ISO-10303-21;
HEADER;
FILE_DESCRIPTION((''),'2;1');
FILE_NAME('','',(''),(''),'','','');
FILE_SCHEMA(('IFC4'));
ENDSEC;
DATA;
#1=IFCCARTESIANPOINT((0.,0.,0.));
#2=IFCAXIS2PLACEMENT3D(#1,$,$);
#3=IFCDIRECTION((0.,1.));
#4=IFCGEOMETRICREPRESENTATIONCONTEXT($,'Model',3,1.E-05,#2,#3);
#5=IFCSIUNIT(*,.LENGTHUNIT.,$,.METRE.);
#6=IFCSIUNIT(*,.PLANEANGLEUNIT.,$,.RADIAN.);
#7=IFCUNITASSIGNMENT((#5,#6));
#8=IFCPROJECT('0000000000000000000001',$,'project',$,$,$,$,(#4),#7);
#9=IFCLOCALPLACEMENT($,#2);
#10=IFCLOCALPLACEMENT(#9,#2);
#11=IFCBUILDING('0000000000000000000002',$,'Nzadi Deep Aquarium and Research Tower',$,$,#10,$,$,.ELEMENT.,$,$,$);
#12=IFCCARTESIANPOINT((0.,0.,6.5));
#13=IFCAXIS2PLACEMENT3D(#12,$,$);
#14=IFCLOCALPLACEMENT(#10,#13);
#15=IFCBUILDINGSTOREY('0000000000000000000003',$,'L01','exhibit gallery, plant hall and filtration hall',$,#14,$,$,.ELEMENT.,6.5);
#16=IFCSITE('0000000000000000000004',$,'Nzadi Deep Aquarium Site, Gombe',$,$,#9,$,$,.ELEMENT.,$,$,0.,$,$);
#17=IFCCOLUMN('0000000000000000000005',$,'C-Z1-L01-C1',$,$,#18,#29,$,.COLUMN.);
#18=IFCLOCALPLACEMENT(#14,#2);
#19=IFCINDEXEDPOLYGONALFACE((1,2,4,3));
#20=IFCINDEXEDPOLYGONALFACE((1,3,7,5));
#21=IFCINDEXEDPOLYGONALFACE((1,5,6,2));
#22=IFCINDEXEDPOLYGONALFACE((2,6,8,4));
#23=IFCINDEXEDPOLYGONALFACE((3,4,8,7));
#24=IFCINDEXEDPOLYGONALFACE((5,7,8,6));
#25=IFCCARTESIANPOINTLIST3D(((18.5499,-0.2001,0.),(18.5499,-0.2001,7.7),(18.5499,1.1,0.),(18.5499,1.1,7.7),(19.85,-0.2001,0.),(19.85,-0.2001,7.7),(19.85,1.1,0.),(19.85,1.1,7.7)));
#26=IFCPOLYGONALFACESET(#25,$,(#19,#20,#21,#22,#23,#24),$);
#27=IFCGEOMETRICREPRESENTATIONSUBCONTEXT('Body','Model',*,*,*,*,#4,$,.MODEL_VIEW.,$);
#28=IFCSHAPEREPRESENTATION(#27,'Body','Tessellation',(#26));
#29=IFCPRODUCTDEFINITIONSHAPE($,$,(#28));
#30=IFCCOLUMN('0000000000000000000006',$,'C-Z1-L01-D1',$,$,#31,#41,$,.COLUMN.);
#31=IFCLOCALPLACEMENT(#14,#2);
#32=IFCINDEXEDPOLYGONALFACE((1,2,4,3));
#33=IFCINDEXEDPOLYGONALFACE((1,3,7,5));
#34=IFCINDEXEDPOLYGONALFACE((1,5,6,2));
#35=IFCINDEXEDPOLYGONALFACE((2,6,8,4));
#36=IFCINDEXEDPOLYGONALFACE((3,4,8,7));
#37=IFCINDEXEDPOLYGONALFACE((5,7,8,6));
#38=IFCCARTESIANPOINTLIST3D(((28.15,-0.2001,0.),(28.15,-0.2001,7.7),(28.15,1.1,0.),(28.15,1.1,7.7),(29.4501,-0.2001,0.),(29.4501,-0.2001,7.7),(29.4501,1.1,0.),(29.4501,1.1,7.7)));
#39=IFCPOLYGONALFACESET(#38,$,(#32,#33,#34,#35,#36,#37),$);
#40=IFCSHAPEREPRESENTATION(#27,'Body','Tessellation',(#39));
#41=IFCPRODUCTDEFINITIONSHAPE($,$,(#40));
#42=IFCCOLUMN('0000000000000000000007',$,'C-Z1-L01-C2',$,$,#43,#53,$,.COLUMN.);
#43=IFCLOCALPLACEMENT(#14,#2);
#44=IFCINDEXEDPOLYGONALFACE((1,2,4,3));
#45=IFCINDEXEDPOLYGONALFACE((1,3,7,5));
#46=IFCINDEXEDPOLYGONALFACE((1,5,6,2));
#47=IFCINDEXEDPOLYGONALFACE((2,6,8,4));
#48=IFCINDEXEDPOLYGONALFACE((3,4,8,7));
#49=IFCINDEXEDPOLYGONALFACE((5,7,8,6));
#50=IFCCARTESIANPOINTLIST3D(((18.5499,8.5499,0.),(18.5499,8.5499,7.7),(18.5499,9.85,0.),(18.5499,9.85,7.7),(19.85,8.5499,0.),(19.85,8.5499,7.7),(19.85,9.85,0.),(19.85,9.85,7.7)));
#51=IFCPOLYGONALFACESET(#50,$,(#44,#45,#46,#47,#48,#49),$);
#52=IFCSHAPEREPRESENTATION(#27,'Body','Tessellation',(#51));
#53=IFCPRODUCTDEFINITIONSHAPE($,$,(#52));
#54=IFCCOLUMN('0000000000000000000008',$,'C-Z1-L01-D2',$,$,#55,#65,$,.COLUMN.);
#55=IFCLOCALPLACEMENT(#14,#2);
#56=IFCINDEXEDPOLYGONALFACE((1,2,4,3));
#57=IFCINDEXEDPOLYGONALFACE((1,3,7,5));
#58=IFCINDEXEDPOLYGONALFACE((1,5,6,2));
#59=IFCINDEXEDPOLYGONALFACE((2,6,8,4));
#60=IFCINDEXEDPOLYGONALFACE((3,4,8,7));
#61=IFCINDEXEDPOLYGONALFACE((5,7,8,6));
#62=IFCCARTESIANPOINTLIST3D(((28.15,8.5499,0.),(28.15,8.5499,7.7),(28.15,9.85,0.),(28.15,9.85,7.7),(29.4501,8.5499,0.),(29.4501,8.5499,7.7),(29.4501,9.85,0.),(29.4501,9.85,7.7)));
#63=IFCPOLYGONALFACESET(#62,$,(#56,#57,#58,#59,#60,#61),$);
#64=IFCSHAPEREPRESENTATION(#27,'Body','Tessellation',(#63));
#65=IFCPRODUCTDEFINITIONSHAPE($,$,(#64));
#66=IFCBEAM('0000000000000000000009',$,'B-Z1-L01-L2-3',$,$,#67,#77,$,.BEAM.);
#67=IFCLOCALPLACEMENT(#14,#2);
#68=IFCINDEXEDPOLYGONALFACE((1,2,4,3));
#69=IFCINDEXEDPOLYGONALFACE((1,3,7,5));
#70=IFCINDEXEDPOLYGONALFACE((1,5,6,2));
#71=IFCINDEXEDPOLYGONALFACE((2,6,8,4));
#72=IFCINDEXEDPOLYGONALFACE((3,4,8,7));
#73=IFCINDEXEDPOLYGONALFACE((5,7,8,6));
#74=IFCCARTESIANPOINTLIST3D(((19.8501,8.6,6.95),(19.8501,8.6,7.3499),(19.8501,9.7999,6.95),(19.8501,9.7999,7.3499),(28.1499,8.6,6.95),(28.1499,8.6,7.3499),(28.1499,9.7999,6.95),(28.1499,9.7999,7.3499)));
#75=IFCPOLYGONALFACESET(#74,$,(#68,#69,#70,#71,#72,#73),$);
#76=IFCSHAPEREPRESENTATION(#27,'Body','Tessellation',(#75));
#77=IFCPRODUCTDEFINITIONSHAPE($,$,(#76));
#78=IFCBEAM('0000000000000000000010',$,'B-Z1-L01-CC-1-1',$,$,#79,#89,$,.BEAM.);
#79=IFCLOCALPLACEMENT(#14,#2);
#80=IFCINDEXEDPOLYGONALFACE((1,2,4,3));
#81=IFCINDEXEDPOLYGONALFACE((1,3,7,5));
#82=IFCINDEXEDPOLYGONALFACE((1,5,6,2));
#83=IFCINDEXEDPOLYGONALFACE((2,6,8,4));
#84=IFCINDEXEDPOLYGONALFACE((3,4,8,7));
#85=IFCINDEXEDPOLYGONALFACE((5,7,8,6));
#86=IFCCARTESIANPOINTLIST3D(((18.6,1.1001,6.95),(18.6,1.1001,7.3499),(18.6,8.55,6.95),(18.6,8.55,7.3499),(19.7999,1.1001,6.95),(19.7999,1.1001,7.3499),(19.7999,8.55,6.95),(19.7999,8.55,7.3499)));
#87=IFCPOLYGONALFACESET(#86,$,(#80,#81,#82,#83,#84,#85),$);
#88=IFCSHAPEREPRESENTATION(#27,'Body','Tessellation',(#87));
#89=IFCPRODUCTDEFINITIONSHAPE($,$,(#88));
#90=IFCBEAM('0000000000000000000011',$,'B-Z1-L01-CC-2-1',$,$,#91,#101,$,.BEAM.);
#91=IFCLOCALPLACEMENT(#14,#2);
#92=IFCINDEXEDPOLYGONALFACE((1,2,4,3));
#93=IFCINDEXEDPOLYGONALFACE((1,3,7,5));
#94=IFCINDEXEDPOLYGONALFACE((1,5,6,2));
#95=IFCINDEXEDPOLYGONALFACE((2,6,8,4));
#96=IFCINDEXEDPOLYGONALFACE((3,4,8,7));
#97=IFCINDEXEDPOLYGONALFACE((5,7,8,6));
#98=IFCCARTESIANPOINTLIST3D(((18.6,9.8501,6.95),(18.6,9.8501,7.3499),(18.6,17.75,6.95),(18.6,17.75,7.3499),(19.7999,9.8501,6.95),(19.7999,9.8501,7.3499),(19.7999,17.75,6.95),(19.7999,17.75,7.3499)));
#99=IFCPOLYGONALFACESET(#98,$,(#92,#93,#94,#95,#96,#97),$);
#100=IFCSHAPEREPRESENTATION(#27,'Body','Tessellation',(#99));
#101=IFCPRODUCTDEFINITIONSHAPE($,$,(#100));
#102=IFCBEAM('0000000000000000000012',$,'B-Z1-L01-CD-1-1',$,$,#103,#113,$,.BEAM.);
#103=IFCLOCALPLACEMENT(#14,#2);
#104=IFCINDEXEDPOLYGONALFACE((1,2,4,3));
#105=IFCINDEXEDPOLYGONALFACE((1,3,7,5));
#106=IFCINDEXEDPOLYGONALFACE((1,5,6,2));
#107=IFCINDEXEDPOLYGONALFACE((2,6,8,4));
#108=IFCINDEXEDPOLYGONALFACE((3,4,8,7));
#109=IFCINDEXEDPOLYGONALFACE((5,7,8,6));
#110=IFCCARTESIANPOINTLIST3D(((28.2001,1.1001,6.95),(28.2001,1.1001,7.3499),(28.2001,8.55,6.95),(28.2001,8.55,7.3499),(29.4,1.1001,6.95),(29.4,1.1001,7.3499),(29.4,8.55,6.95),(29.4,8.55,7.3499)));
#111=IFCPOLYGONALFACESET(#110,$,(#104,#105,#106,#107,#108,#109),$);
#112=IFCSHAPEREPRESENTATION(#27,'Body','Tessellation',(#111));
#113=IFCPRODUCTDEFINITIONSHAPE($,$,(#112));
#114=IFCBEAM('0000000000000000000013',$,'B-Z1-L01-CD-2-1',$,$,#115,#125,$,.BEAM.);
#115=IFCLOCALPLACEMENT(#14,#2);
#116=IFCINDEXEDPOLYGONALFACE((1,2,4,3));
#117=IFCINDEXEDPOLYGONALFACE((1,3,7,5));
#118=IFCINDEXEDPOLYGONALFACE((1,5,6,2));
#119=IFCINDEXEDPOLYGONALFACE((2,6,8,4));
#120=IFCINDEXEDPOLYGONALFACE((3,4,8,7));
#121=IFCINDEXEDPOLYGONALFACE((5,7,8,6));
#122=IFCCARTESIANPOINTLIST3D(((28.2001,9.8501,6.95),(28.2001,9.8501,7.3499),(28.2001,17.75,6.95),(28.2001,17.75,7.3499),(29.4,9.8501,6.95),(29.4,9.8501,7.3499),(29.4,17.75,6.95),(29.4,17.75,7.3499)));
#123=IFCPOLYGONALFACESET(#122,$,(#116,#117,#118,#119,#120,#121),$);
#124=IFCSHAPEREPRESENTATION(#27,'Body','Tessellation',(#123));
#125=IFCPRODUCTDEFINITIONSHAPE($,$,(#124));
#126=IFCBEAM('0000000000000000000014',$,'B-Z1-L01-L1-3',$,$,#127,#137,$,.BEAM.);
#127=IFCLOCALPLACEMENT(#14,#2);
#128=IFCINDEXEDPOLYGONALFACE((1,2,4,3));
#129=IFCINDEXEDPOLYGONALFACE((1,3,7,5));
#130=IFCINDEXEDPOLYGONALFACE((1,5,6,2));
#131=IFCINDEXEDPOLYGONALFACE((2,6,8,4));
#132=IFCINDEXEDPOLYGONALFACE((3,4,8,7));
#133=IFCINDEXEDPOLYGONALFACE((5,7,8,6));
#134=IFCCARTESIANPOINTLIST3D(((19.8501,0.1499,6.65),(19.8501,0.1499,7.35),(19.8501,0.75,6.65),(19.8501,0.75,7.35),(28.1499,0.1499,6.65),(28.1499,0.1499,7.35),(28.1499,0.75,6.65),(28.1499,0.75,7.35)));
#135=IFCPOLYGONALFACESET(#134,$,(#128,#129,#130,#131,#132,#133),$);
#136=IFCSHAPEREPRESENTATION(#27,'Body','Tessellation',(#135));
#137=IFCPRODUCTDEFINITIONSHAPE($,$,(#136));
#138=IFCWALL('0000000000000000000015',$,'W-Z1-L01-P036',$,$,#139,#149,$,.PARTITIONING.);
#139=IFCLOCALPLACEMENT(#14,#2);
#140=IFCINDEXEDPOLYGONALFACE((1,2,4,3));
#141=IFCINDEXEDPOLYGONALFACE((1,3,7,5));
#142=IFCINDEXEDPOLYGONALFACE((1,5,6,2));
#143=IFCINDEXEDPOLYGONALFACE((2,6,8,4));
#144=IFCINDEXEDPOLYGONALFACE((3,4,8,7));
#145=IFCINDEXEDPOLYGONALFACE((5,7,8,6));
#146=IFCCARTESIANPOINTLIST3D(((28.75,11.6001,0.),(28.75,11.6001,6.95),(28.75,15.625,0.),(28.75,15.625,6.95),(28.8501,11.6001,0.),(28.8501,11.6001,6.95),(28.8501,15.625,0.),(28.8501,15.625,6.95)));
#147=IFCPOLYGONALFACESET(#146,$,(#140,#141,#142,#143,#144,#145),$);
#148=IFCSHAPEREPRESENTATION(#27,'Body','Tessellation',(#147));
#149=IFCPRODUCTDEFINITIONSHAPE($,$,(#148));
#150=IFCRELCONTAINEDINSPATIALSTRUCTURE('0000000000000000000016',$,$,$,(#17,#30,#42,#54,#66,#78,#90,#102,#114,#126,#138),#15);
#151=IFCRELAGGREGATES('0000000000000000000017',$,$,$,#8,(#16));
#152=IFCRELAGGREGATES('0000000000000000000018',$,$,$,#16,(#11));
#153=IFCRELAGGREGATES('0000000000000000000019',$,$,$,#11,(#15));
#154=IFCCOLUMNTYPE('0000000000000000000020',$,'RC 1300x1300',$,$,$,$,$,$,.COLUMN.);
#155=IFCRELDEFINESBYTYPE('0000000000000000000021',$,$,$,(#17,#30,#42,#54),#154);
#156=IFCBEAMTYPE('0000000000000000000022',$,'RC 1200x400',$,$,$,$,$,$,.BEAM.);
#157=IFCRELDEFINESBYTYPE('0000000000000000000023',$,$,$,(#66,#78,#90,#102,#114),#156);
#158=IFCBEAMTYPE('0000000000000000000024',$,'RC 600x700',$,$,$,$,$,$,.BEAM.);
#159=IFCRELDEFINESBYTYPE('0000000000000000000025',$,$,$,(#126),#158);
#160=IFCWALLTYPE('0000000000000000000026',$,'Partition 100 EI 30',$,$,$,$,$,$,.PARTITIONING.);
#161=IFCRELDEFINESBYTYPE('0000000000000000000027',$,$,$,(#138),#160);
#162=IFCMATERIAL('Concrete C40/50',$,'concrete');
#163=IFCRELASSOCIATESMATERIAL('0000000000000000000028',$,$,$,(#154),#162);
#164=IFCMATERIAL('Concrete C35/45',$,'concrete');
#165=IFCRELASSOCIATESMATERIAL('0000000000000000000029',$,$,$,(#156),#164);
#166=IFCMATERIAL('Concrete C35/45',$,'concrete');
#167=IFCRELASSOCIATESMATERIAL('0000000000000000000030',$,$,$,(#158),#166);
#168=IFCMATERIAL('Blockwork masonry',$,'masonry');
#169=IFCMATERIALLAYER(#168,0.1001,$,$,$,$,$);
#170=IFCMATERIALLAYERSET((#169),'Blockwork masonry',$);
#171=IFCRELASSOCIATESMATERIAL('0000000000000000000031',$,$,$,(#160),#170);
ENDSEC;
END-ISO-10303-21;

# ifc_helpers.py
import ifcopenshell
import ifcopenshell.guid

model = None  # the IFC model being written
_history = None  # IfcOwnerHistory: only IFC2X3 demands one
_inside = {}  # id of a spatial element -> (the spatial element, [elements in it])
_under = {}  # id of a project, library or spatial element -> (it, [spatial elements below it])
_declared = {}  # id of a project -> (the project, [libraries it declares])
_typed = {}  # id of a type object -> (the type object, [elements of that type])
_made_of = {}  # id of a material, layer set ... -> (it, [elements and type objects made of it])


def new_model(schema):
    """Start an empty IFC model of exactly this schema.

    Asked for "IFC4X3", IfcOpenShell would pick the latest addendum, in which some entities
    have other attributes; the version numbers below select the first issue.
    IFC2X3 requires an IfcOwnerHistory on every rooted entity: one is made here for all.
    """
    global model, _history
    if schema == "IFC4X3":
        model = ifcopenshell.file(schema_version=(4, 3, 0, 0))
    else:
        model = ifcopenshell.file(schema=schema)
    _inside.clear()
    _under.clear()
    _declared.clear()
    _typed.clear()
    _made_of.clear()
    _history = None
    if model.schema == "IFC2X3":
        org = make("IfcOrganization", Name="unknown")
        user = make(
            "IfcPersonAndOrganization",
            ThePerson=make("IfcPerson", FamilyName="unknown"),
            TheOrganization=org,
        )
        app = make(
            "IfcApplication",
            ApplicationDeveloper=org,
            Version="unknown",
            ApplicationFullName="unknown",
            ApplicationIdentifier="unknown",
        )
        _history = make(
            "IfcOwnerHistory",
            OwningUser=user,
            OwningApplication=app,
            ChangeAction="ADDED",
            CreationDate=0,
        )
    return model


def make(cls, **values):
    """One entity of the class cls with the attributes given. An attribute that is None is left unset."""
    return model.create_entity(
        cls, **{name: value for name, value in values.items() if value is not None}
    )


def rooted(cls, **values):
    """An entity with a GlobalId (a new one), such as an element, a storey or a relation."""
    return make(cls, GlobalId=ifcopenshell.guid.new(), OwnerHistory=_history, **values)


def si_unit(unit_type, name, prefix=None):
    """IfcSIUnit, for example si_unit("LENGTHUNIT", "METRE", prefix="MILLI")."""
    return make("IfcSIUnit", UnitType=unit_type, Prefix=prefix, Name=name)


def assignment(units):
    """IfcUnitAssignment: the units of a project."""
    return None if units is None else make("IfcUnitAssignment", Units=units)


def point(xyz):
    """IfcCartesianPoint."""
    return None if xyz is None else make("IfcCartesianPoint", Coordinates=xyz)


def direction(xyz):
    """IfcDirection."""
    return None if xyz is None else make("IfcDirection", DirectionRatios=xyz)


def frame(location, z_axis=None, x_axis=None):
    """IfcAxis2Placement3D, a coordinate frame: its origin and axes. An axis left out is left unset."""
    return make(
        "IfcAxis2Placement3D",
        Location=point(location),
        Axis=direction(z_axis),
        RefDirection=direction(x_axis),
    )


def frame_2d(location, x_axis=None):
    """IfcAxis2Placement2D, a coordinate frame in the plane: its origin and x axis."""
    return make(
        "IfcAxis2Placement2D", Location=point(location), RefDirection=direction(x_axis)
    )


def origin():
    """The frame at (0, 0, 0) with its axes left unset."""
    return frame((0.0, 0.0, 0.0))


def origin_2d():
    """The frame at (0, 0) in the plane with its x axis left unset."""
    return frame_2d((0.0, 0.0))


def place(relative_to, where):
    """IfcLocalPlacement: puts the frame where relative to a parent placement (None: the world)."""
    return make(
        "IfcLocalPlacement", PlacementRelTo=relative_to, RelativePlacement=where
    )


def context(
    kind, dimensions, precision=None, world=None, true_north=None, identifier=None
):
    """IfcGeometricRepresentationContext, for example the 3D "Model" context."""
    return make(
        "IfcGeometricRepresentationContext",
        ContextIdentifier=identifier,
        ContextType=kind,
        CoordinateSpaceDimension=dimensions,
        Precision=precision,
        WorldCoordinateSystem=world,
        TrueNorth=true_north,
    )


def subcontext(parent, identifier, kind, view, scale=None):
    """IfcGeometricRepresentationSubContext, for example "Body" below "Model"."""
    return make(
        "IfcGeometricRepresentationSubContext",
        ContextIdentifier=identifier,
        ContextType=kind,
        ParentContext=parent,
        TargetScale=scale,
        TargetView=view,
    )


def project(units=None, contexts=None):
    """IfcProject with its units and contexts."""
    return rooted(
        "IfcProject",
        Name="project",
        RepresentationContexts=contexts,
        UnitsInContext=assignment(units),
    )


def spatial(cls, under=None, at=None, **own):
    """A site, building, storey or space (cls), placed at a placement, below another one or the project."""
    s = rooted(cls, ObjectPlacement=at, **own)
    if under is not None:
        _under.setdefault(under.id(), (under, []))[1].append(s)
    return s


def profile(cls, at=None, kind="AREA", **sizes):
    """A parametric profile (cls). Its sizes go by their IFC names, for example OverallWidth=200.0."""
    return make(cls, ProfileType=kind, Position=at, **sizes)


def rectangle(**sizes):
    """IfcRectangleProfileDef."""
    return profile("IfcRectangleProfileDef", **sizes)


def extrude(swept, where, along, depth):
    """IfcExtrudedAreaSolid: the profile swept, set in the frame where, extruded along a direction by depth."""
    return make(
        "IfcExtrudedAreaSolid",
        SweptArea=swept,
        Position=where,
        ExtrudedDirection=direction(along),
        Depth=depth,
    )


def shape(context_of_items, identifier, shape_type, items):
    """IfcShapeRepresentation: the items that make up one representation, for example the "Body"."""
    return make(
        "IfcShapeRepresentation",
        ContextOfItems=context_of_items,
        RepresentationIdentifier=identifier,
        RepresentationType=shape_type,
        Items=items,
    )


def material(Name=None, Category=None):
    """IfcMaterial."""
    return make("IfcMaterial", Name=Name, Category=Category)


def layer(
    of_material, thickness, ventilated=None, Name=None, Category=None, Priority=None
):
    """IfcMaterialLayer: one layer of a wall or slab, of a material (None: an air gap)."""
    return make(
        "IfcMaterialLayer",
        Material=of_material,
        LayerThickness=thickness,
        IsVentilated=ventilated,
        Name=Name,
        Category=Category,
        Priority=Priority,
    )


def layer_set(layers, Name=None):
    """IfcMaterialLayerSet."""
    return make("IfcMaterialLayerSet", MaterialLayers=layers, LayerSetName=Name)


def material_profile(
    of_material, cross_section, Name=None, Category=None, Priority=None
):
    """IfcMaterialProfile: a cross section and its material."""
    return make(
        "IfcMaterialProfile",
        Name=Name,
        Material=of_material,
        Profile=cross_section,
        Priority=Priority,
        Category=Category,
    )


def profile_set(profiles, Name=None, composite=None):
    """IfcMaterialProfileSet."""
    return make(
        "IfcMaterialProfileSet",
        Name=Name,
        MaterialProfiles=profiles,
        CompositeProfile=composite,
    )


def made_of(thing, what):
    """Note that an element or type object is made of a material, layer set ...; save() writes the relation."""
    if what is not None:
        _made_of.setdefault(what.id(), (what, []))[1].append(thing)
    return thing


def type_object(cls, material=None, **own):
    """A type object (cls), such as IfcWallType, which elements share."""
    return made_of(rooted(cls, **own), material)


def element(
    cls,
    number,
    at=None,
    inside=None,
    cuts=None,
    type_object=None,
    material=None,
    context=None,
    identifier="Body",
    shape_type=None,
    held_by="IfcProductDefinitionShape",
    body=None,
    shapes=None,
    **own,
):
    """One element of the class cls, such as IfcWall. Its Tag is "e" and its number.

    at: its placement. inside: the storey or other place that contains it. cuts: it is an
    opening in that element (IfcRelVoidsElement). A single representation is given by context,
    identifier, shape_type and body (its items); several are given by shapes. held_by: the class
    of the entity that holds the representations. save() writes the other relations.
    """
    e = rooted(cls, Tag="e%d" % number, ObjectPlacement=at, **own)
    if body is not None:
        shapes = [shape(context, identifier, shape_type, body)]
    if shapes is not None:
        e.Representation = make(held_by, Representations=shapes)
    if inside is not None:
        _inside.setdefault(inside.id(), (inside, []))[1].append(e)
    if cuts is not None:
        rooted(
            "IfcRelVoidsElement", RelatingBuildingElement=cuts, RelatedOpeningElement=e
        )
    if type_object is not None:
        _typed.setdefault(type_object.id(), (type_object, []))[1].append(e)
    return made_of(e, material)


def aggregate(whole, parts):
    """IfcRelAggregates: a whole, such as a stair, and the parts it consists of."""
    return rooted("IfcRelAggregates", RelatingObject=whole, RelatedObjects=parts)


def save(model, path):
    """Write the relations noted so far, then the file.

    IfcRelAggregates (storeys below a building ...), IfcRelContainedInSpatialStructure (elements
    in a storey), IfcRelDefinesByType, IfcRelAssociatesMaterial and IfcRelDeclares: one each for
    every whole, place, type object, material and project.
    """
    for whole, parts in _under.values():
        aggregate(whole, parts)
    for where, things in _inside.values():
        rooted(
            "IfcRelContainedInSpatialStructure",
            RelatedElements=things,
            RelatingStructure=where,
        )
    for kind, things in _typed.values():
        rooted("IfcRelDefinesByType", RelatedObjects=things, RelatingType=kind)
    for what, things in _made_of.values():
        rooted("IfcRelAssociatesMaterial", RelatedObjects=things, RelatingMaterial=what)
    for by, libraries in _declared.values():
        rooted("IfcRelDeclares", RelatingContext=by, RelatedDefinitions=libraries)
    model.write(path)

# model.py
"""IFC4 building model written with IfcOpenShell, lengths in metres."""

from ifc_helpers import new_model, si_unit, direction, frame, frame_2d, origin, origin_2d, place, context, subcontext, project, spatial, rectangle, extrude, material, layer, layer_set, material_profile, profile_set, type_object, element, save


model = new_model("IFC4")

# Units and contexts
model_context = context("Model", 3, precision=1e-05, world=origin(), true_north=direction((0.0, 1.0)))
body_context = subcontext(model_context, "Body", "Model", "MODEL_VIEW")
ifc_project = project(units=[si_unit("LENGTHUNIT", "METRE"), si_unit("PLANEANGLEUNIT", "RADIAN")], contexts=[model_context])

# Site, building, storey
site_placement = place(None, origin())
site = spatial("IfcSite", under=ifc_project, at=site_placement, Name="Nzadi Deep Aquarium Site, Gombe", CompositionType="ELEMENT", RefElevation=0.0)
building_placement = place(site_placement, origin())
building = spatial("IfcBuilding", under=site, at=building_placement, Name="Nzadi Deep Aquarium and Research Tower", CompositionType="ELEMENT")
storey_placement = place(building_placement, frame((0.0, 0.0, 6.5)))
storey = spatial("IfcBuildingStorey", under=building, at=storey_placement, Name="L01", Description="exhibit gallery, plant hall and filtration hall", CompositionType="ELEMENT", Elevation=6.5)

# Columns
ifc_material_1 = material(Name="Concrete C40/50", Category="concrete")
ifc_material_profile_1 = material_profile(ifc_material_1, rectangle(XDim=1.3, YDim=1.3, at=origin_2d()))
ifc_profile_set_1 = profile_set([ifc_material_profile_1], Name="Concrete C40/50")
column_type = type_object("IfcColumnType", Name="RC 1300x1300", PredefinedType="COLUMN", material=ifc_profile_set_1)
for number, where, z_axis, x_axis, name in (
    (1, (19.2, 0.45, 0.0), (0.0, 0.0, 1.0), (1.0, 0.0, 0.0), "C-Z1-L01-C1"),
    (2, (28.8, 0.45, 0.0), (0.0, 0.0, 1.0), (1.0, 0.0, 0.0), "C-Z1-L01-D1"),
    (3, (19.2, 9.2, 0.0), (0.0, 0.0, 1.0), (1.0, 0.0, 0.0), "C-Z1-L01-C2"),
    (4, (28.8, 9.2, 0.0), (0.0, 0.0, 1.0), (1.0, 0.0, 0.0), "C-Z1-L01-D2"),
):
    element("IfcColumn", number, at=place(storey_placement, frame(where, z_axis=z_axis, x_axis=x_axis)), inside=storey, type_object=column_type, Name=name, PredefinedType="COLUMN", context=body_context, shape_type="SweptSolid", body=[
        extrude(rectangle(XDim=1.3, YDim=1.3, at=origin_2d()), origin(), (0.0, 0.0, 1.0), 7.7),
    ])

# Beams
ifc_material_2 = material(Name="Concrete C35/45", Category="concrete")
ifc_material_profile_2 = material_profile(ifc_material_2, rectangle(XDim=1.2, YDim=0.3999, at=origin_2d()))
ifc_profile_set_2 = profile_set([ifc_material_profile_2], Name="Concrete C35/45")
beam_type_1 = type_object("IfcBeamType", Name="RC 1200x400", PredefinedType="BEAM", material=ifc_profile_set_2)
beam_1_placement = place(storey_placement, frame((19.8501, 9.2, 7.1499), z_axis=(1.0, 0.0, 0.0), x_axis=(0.0, 1.0, 0.0)))
element("IfcBeam", 5, at=beam_1_placement, inside=storey, type_object=beam_type_1, Name="B-Z1-L01-L2-3", PredefinedType="BEAM", context=body_context, shape_type="SweptSolid", body=[
    extrude(rectangle(XDim=1.2, YDim=0.3999, at=origin_2d()), origin(), (0.0, 0.0, 1.0), 8.2998),
])
beam_2_placement = place(storey_placement, frame((19.2, 1.1001, 7.1499), z_axis=(0.0, 1.0, 0.0), x_axis=(-1.0, 0.0, 0.0)))
element("IfcBeam", 6, at=beam_2_placement, inside=storey, type_object=beam_type_1, Name="B-Z1-L01-CC-1-1", PredefinedType="BEAM", context=body_context, shape_type="SweptSolid", body=[
    extrude(rectangle(XDim=1.2, YDim=0.3999, at=origin_2d()), origin(), (0.0, 0.0, 1.0), 7.45),
])
beam_3_placement = place(storey_placement, frame((19.2, 9.8501, 7.1499), z_axis=(0.0, 1.0, 0.0), x_axis=(-1.0, 0.0, 0.0)))
element("IfcBeam", 7, at=beam_3_placement, inside=storey, type_object=beam_type_1, Name="B-Z1-L01-CC-2-1", PredefinedType="BEAM", context=body_context, shape_type="SweptSolid", body=[
    extrude(rectangle(XDim=1.2, YDim=0.3999, at=origin_2d()), origin(), (0.0, 0.0, 1.0), 7.8999),
])
beam_4_placement = place(storey_placement, frame((28.8, 1.1001, 7.1499), z_axis=(0.0, 1.0, 0.0), x_axis=(-1.0, 0.0, 0.0)))
element("IfcBeam", 8, at=beam_4_placement, inside=storey, type_object=beam_type_1, Name="B-Z1-L01-CD-1-1", PredefinedType="BEAM", context=body_context, shape_type="SweptSolid", body=[
    extrude(rectangle(XDim=1.2, YDim=0.3999, at=origin_2d()), origin(), (0.0, 0.0, 1.0), 7.45),
])
beam_5_placement = place(storey_placement, frame((28.8, 9.8501, 7.1499), z_axis=(0.0, 1.0, 0.0), x_axis=(-1.0, 0.0, 0.0)))
element("IfcBeam", 9, at=beam_5_placement, inside=storey, type_object=beam_type_1, Name="B-Z1-L01-CD-2-1", PredefinedType="BEAM", context=body_context, shape_type="SweptSolid", body=[
    extrude(rectangle(XDim=1.2, YDim=0.3999, at=origin_2d()), origin(), (0.0, 0.0, 1.0), 7.8999),
])
ifc_material_3 = material(Name="Concrete C35/45", Category="concrete")
ifc_material_profile_3 = material_profile(ifc_material_3, rectangle(XDim=0.6001, YDim=0.7, at=origin_2d()))
ifc_profile_set_3 = profile_set([ifc_material_profile_3], Name="Concrete C35/45")
beam_type_2 = type_object("IfcBeamType", Name="RC 600x700", PredefinedType="BEAM", material=ifc_profile_set_3)
beam_6_placement = place(storey_placement, frame((19.8501, 0.45, 7.0), z_axis=(1.0, 0.0, 0.0), x_axis=(0.0, 1.0, 0.0)))
element("IfcBeam", 10, at=beam_6_placement, inside=storey, type_object=beam_type_2, Name="B-Z1-L01-L1-3", PredefinedType="BEAM", context=body_context, shape_type="SweptSolid", body=[
    extrude(rectangle(XDim=0.6001, YDim=0.7, at=origin_2d()), origin(), (0.0, 0.0, 1.0), 8.2998),
])

# Wall
ifc_material_4 = material(Name="Blockwork masonry", Category="masonry")
ifc_layer_1 = layer(ifc_material_4, 0.1001)
ifc_layer_set_1 = layer_set([ifc_layer_1], Name="Blockwork masonry")
wall_type_1 = type_object("IfcWallType", Name="Partition 100 EI 30", PredefinedType="PARTITIONING", material=ifc_layer_set_1)
wall_1_placement = place(storey_placement, frame((28.8, 11.6001, 0.0), z_axis=(0.0, 0.0, 1.0), x_axis=(0.0, 1.0, 0.0)))
element("IfcWall", 11, at=wall_1_placement, inside=storey, type_object=wall_type_1, Name="W-Z1-L01-P036", PredefinedType="PARTITIONING", context=body_context, shape_type="SweptSolid", body=[
    extrude(rectangle(XDim=4.0249, YDim=0.1001, at=frame_2d((2.0125, 0.0))), origin(), (0.0, 0.0, 1.0), 6.95),
])

save(model, "model.ifc")
